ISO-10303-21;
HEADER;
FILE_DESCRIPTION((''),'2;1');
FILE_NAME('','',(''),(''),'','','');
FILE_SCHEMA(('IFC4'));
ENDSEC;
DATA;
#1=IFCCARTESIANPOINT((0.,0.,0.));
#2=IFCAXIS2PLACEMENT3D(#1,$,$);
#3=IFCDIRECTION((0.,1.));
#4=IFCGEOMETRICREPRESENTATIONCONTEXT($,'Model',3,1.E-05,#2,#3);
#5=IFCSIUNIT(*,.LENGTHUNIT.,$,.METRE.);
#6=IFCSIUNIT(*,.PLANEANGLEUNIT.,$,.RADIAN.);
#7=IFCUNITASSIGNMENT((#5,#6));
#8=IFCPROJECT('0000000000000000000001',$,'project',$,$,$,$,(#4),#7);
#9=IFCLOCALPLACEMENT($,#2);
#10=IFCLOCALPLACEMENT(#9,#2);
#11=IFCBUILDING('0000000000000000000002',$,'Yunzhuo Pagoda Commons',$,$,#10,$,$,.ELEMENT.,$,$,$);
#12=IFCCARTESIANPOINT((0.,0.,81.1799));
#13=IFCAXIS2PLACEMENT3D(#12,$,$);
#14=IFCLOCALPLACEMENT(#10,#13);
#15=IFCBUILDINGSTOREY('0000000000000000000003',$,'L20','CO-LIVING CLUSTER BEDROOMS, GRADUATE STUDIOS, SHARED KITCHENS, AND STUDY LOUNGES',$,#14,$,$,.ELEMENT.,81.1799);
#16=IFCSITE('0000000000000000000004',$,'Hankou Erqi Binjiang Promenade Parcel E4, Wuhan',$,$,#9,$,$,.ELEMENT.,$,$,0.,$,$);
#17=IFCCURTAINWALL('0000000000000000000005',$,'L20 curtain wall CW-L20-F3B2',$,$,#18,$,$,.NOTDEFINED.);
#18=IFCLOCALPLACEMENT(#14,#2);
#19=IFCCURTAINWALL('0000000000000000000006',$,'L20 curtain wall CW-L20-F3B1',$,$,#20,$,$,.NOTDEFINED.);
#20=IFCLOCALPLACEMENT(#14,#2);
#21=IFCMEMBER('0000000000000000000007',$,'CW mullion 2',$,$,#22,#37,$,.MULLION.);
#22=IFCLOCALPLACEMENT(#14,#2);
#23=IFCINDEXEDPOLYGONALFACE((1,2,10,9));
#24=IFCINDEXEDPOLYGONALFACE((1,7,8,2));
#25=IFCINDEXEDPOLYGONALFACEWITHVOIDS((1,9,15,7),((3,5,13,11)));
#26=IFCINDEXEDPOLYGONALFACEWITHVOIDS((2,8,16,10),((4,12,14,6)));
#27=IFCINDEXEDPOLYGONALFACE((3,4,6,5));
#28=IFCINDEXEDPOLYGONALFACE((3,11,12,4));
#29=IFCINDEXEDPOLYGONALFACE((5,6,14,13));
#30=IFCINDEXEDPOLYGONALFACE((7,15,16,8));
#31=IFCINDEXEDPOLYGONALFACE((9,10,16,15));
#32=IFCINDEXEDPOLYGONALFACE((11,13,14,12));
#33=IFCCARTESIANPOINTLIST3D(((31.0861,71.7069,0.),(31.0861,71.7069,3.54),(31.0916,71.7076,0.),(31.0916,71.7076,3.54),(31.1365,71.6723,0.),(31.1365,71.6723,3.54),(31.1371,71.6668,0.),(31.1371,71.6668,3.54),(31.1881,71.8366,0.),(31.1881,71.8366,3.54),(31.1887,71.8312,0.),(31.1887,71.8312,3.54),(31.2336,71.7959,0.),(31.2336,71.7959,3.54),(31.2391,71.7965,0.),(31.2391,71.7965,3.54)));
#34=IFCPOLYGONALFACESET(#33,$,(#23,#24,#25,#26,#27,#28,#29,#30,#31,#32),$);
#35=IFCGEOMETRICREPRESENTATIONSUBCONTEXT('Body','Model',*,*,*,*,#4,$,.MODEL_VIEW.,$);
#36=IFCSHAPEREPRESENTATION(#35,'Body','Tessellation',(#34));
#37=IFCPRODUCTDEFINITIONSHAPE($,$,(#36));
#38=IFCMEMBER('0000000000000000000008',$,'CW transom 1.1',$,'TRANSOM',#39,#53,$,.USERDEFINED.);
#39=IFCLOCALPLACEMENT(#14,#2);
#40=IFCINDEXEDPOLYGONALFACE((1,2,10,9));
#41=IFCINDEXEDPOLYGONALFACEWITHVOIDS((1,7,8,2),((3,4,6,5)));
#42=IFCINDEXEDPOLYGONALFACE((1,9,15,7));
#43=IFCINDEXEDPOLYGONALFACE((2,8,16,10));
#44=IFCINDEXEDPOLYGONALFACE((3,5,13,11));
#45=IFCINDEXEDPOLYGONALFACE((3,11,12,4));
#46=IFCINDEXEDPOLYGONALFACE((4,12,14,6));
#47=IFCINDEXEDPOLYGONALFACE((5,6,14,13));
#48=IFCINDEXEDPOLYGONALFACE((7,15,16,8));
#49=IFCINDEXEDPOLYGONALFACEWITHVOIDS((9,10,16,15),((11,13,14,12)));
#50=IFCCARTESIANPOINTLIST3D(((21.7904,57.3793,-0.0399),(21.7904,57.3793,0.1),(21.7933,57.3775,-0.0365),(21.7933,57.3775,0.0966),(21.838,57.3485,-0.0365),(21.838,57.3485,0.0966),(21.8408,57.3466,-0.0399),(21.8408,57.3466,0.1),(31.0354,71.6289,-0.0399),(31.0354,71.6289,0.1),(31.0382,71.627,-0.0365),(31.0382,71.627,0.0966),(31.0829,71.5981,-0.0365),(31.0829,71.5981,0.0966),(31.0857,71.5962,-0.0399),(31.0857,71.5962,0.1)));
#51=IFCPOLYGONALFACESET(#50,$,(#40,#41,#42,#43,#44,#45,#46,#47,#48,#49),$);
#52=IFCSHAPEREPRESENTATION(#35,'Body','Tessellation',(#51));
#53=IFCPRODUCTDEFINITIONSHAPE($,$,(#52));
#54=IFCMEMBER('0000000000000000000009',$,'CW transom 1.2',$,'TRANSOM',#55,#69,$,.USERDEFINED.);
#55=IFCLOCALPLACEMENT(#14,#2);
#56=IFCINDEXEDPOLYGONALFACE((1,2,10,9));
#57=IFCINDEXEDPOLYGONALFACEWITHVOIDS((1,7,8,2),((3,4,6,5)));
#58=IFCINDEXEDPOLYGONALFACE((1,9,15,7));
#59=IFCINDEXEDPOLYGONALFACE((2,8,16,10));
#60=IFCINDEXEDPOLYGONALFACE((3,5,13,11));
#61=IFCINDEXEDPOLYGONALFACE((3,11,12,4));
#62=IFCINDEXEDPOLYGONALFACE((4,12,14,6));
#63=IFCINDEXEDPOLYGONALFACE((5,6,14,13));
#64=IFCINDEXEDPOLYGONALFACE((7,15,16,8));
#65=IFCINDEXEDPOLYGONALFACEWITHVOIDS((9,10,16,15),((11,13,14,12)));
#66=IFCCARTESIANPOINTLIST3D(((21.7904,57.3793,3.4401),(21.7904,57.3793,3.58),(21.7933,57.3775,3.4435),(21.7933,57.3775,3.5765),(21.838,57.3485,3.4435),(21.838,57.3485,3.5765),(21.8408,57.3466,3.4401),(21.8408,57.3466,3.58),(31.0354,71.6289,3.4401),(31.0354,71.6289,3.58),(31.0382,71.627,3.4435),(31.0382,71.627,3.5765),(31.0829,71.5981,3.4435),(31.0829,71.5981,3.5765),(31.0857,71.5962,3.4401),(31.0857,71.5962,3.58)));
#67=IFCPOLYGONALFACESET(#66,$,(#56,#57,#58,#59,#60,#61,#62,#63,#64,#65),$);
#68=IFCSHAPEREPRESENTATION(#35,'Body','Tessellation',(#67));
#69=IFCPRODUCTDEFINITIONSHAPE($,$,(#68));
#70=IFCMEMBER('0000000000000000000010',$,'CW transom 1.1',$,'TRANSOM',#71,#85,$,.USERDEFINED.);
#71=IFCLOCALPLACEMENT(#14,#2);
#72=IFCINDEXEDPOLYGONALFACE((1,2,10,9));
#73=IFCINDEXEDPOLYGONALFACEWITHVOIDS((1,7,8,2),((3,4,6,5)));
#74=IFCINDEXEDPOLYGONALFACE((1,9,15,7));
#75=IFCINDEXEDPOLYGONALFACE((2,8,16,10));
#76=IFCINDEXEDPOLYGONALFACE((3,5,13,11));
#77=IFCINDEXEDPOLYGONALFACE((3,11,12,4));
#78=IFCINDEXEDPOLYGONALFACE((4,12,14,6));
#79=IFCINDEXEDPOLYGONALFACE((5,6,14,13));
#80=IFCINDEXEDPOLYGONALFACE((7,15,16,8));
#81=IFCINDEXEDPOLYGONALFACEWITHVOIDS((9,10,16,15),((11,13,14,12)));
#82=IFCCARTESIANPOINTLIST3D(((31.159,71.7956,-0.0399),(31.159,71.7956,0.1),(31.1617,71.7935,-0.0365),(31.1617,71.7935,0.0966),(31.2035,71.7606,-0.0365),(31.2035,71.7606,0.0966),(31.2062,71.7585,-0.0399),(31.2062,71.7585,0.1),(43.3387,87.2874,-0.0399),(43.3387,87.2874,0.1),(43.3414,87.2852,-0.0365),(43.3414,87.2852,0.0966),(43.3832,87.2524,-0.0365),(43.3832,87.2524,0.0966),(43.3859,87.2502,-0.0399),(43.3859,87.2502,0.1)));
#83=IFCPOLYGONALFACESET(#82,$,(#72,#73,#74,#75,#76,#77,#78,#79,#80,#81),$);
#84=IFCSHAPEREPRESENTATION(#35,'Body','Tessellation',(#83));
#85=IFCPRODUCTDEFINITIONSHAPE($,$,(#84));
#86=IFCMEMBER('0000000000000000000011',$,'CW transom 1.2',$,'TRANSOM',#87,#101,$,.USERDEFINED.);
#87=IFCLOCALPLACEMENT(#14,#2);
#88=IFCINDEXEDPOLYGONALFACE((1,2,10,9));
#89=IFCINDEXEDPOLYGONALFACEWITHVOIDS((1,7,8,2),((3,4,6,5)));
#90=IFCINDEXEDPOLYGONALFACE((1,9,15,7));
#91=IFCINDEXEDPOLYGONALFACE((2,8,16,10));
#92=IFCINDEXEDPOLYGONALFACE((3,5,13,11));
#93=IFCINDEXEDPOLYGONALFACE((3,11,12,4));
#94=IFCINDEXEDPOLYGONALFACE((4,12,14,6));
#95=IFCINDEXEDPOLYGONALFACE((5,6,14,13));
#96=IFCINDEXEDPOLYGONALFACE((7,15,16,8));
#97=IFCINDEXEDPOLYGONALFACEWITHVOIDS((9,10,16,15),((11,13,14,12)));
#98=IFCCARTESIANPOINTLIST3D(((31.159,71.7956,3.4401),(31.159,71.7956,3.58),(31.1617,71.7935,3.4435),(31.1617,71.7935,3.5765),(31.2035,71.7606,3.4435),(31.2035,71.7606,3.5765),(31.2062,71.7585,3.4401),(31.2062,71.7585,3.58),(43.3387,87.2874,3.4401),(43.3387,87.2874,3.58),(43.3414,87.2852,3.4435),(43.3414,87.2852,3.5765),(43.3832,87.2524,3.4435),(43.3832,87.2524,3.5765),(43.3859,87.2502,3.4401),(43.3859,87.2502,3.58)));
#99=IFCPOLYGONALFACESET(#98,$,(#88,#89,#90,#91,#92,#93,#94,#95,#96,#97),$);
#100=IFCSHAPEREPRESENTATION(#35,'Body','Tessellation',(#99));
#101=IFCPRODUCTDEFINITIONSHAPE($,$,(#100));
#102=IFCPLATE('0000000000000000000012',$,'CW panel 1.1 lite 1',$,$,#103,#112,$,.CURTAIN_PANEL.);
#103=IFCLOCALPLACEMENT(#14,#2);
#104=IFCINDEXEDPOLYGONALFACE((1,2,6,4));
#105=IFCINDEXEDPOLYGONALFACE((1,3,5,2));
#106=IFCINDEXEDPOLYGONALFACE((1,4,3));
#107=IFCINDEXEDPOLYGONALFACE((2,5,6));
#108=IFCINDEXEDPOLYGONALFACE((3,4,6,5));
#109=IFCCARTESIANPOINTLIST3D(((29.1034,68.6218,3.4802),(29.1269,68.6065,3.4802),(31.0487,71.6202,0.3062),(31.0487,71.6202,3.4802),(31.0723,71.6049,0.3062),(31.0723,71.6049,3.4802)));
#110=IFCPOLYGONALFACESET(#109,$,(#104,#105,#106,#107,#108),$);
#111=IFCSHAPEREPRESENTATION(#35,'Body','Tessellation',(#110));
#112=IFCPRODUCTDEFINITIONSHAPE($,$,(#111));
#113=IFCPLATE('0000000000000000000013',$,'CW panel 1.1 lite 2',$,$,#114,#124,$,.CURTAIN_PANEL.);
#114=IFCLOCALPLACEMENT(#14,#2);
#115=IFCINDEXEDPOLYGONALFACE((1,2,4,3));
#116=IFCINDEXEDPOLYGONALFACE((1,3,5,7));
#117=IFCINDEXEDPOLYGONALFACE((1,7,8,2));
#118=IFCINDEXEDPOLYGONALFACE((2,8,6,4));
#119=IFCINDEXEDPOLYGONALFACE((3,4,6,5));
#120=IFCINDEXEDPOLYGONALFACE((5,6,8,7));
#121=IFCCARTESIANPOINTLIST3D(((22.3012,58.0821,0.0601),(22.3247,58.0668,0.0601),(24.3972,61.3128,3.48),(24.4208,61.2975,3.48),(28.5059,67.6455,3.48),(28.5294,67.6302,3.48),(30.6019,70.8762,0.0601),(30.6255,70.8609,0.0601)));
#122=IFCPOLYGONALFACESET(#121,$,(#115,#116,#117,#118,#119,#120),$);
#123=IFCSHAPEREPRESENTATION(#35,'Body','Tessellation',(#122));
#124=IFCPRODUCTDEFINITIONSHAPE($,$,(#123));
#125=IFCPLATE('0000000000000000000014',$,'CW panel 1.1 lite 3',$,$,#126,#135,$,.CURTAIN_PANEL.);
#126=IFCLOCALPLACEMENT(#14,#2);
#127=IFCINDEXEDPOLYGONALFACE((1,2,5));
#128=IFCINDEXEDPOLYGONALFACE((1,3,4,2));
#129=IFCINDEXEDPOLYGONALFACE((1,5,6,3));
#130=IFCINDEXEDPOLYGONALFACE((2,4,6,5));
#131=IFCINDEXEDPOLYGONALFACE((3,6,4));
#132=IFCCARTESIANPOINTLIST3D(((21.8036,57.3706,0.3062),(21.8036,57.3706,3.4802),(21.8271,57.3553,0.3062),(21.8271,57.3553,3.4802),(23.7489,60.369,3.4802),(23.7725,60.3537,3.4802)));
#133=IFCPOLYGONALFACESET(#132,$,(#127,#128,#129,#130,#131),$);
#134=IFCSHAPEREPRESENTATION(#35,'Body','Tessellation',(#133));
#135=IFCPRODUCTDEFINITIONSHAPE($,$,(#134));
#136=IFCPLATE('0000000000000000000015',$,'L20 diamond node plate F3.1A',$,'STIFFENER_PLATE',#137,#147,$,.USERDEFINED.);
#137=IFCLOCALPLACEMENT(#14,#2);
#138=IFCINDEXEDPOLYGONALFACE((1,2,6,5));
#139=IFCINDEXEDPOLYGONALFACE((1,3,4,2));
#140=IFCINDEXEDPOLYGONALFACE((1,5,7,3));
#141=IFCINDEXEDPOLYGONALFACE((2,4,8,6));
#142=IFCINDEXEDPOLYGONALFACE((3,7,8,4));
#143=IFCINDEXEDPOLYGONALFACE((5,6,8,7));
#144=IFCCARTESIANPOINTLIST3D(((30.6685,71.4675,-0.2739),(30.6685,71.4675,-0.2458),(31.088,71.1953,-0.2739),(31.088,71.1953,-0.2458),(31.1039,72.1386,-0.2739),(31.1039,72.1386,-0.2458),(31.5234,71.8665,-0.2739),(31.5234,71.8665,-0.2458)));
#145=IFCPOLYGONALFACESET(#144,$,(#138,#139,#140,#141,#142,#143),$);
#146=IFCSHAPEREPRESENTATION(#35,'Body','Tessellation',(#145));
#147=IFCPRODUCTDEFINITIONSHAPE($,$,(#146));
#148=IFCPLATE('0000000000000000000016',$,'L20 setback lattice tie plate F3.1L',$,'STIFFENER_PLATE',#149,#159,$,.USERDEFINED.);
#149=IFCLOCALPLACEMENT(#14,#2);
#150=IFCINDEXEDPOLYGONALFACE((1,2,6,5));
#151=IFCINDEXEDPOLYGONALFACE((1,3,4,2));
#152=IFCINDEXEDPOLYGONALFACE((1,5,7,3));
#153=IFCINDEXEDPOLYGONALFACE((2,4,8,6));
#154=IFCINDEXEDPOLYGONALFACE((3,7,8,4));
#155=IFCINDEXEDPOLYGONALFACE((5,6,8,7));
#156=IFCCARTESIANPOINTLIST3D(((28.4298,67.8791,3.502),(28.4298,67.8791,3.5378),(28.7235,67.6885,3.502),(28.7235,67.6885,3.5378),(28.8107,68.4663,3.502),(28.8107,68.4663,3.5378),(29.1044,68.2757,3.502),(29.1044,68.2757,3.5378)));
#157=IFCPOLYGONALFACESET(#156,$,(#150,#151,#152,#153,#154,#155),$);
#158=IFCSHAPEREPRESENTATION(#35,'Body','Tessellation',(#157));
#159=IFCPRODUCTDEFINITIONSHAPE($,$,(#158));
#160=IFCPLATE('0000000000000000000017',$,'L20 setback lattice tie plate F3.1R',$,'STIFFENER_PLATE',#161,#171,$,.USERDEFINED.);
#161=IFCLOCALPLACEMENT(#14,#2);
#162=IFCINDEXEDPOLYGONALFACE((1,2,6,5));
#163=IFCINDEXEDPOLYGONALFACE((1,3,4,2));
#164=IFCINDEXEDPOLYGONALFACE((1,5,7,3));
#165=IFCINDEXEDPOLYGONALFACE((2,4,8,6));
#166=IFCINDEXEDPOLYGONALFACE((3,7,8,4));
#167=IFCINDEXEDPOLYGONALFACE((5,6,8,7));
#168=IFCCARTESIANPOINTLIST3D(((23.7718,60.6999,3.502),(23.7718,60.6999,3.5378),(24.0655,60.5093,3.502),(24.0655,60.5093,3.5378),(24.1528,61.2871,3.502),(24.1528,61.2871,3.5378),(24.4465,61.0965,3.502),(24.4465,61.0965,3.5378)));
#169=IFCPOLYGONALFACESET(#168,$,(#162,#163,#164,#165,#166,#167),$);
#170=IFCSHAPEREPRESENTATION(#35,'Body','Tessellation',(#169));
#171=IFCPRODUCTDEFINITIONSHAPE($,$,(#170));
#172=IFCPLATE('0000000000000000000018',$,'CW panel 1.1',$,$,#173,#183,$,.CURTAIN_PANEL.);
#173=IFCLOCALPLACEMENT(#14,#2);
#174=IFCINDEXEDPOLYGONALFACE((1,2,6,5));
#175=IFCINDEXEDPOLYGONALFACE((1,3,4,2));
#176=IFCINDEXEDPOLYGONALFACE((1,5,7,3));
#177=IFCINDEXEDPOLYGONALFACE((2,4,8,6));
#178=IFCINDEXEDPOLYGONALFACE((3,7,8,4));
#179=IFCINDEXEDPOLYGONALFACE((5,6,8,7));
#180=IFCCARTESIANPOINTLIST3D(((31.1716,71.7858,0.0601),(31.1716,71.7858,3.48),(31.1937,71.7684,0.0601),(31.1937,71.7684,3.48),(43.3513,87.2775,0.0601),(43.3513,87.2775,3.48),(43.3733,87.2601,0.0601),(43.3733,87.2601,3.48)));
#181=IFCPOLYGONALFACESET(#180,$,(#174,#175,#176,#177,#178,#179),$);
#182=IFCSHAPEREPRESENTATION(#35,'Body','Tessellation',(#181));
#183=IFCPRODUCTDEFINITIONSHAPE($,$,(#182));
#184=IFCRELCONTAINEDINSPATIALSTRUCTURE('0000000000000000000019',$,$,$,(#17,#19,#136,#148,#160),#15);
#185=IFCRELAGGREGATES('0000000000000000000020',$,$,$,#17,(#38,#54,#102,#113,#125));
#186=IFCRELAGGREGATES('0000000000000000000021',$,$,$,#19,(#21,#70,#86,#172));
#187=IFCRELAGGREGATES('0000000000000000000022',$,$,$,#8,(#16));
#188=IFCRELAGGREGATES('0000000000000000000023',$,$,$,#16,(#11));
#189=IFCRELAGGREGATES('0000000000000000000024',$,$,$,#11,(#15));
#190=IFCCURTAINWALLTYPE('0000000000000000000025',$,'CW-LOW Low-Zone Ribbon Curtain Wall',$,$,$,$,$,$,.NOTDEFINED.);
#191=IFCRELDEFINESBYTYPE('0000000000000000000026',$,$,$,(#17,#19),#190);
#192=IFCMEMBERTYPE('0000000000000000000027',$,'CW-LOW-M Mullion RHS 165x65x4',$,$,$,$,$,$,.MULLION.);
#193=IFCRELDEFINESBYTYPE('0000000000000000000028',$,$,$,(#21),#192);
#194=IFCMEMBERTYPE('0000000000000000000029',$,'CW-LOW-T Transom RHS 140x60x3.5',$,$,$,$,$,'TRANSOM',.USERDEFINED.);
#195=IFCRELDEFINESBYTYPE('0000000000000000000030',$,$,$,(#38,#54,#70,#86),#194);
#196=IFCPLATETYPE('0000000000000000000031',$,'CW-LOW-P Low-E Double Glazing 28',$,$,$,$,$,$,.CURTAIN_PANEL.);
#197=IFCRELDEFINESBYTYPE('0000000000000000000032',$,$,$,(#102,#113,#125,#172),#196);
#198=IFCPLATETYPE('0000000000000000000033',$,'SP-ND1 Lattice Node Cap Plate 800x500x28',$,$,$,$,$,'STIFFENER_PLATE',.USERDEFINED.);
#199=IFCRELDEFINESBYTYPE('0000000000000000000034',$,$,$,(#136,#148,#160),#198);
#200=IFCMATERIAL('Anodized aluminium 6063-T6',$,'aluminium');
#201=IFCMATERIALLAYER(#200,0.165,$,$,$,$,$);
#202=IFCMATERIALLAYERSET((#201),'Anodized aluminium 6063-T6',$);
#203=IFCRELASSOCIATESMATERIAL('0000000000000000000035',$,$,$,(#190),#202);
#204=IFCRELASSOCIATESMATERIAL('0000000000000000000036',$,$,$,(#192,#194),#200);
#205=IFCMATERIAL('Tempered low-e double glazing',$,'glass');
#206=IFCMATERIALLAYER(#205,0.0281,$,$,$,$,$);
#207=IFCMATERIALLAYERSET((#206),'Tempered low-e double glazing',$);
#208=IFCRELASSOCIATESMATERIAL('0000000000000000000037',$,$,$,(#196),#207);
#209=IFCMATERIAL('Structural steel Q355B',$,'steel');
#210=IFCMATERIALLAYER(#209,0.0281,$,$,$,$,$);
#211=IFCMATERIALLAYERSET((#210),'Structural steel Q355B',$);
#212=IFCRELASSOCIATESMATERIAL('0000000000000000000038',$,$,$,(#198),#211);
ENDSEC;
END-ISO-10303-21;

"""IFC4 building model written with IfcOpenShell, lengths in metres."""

from ifc_helpers import new_model, si_unit, direction, frame, origin, origin_2d, place, context, subcontext, project, spatial, polyline, rectangle, hollow_rectangle, outline, extrude, source, transform, mapped, material, layer, layer_set, material_profile, profile_set, type_object, element, aggregate, save


model = new_model("IFC4")

# Units and contexts
model_context = context("Model", 3, precision=1e-05, world=origin(), true_north=direction((0.0, 1.0)))
body_context = subcontext(model_context, "Body", "Model", "MODEL_VIEW")
ifc_project = project(units=[si_unit("LENGTHUNIT", "METRE"), si_unit("PLANEANGLEUNIT", "RADIAN")], contexts=[model_context])

# Site, building, storey
site_placement = place(None, origin())
site = spatial("IfcSite", under=ifc_project, at=site_placement, Name="Hankou Erqi Binjiang Promenade Parcel E4, Wuhan", CompositionType="ELEMENT", RefElevation=0.0)
building_placement = place(site_placement, origin())
building = spatial("IfcBuilding", under=site, at=building_placement, Name="Yunzhuo Pagoda Commons", CompositionType="ELEMENT")
storey_placement = place(building_placement, frame((0.0, 0.0, 81.1799)))
storey = spatial("IfcBuildingStorey", under=building, at=storey_placement, Name="L20", Description="CO-LIVING CLUSTER BEDROOMS, GRADUATE STUDIOS, SHARED KITCHENS, AND STUDY LOUNGES", CompositionType="ELEMENT", Elevation=81.1799)

# Shared definitions
ifc_material_1 = material(Name="Structural steel Q355B", Category="steel")

# Curtain wall
ifc_material_2 = material(Name="Anodized aluminium 6063-T6", Category="aluminium")
ifc_layer_1 = layer(ifc_material_2, 0.165)
ifc_layer_set_1 = layer_set([ifc_layer_1], Name="Anodized aluminium 6063-T6")
curtain_wall_type = type_object("IfcCurtainWallType", Name="CW-LOW Low-Zone Ribbon Curtain Wall", PredefinedType="NOTDEFINED", material=ifc_layer_set_1)
curtain_wall_1_placement = place(storey_placement, origin())
curtain_wall_1 = element("IfcCurtainWall", 1, at=curtain_wall_1_placement, inside=storey, type_object=curtain_wall_type, Name="L20 curtain wall CW-L20-F3B2", PredefinedType="NOTDEFINED")
ifc_material_profile_1 = material_profile(ifc_material_2, hollow_rectangle(XDim=0.0649, YDim=0.165, WallThickness=0.0039, at=origin_2d()), Name="Anodized aluminium 6063-T6")
ifc_profile_set_1 = profile_set([ifc_material_profile_1], Name="Anodized aluminium 6063-T6")
member_type_1 = type_object("IfcMemberType", Name="CW-LOW-M Mullion RHS 165x65x4", PredefinedType="MULLION", material=ifc_profile_set_1)
shared_shape_1 = source(origin(), body_context, "Body", "SweptSolid", [
    extrude(hollow_rectangle(XDim=0.0649, YDim=0.165, WallThickness=0.0039, at=origin_2d()), origin(), (0.0, 0.0, 1.0), 3.54),
])

# Curtain wall, member
curtain_wall_2_placement = place(storey_placement, origin())
curtain_wall_2 = element("IfcCurtainWall", 2, at=curtain_wall_2_placement, inside=storey, type_object=curtain_wall_type, Name="L20 curtain wall CW-L20-F3B1", PredefinedType="NOTDEFINED")
member_1_placement = place(storey_placement, frame((31.1626, 71.7517, 0.0), z_axis=(0.0, 0.0, 1.0), x_axis=(0.786131, -0.61806, 0.0)))
member_1 = element("IfcMember", 3, at=member_1_placement, type_object=member_type_1, Name="CW mullion 2", PredefinedType="MULLION", context=body_context, shape_type="MappedRepresentation", body=[
    mapped(shared_shape_1, transform((0.0, 0.0, 0.0), scale=1.0)),
])

# Members
ifc_material_profile_2 = material_profile(ifc_material_2, hollow_rectangle(XDim=0.0601, YDim=0.1399, WallThickness=0.0034, at=origin_2d()), Name="Anodized aluminium 6063-T6")
ifc_profile_set_2 = profile_set([ifc_material_profile_2], Name="Anodized aluminium 6063-T6")
member_type_2 = type_object("IfcMemberType", Name="CW-LOW-T Transom RHS 140x60x3.5", ElementType="TRANSOM", PredefinedType="USERDEFINED", material=ifc_profile_set_2)
shared_shape_2 = source(origin(), body_context, "Body", "SweptSolid", [
    extrude(hollow_rectangle(XDim=0.0601, YDim=0.1399, WallThickness=0.0034, at=origin_2d()), origin(), (0.0, 0.0, 1.0), 16.9858),
])
member_2_placement = place(storey_placement, frame((31.0605, 71.6125, 0.03), z_axis=(-0.544272, -0.838909, 0.0), x_axis=(0.838909, -0.544272, 0.0)))
member_2 = element("IfcMember", 4, at=member_2_placement, type_object=member_type_2, Name="CW transom 1.1", ObjectType="TRANSOM", PredefinedType="USERDEFINED", context=body_context, shape_type="MappedRepresentation", body=[
    mapped(shared_shape_2, transform((0.0, 0.0, 0.0), scale=1.0)),
])
member_3_placement = place(storey_placement, frame((31.0605, 71.6125, 3.51), z_axis=(-0.544272, -0.838909, 0.0), x_axis=(0.838909, -0.544272, 0.0)))
member_3 = element("IfcMember", 5, at=member_3_placement, type_object=member_type_2, Name="CW transom 1.2", ObjectType="TRANSOM", PredefinedType="USERDEFINED", context=body_context, shape_type="MappedRepresentation", body=[
    mapped(shared_shape_2, transform((0.0, 0.0, 0.0), scale=1.0)),
])
shared_shape_3 = source(origin(), body_context, "Body", "SweptSolid", [
    extrude(hollow_rectangle(XDim=0.0601, YDim=0.1399, WallThickness=0.0034, at=origin_2d()), origin(), (0.0, 0.0, 1.0), 19.7063),
])
member_4_placement = place(storey_placement, frame((43.3623, 87.2688, 0.03), z_axis=(-0.618061, -0.78613, 0.0), x_axis=(0.78613, -0.618061, 0.0)))
member_4 = element("IfcMember", 6, at=member_4_placement, type_object=member_type_2, Name="CW transom 1.1", ObjectType="TRANSOM", PredefinedType="USERDEFINED", context=body_context, shape_type="MappedRepresentation", body=[
    mapped(shared_shape_3, transform((0.0, 0.0, 0.0), scale=1.0)),
])
member_5_placement = place(storey_placement, frame((43.3623, 87.2688, 3.51), z_axis=(-0.618061, -0.78613, 0.0), x_axis=(0.78613, -0.618061, 0.0)))
member_5 = element("IfcMember", 7, at=member_5_placement, type_object=member_type_2, Name="CW transom 1.2", ObjectType="TRANSOM", PredefinedType="USERDEFINED", context=body_context, shape_type="MappedRepresentation", body=[
    mapped(shared_shape_3, transform((0.0, 0.0, 0.0), scale=1.0)),
])

# Plates
ifc_material_3 = material(Name="Tempered low-e double glazing", Category="glass")
ifc_layer_2 = layer(ifc_material_3, 0.0281)
ifc_layer_set_2 = layer_set([ifc_layer_2], Name="Tempered low-e double glazing")
plate_type_1 = type_object("IfcPlateType", Name="CW-LOW-P Low-E Double Glazing 28", PredefinedType="CURTAIN_PANEL", material=ifc_layer_set_2)
plate_1_placement = place(storey_placement, frame((30.0996, 70.1057, 1.8931), z_axis=(-0.838907, 0.544275, 0.0), x_axis=(-0.544275, -0.838907, 0.0)))
plate_1 = element("IfcPlate", 8, at=plate_1_placement, type_object=plate_type_1, Name="CW panel 1.1 lite 1", PredefinedType="CURTAIN_PANEL", context=body_context, shape_type="SweptSolid", body=[
    extrude(outline(polyline([(-1.7871, -1.5869), (1.7871, 1.5872), (-1.7871, 1.5872), (-1.7871, -1.5869)])), origin(), (0.0, 0.0, 1.0), 0.0281),
])
plate_2_placement = place(storey_placement, frame((26.4751, 64.4639, 1.77), z_axis=(-0.838907, 0.544275, 0.0), x_axis=(-0.544275, -0.838907, 0.0)))
plate_2 = element("IfcPlate", 9, at=plate_2_placement, type_object=plate_type_1, Name="CW panel 1.1 lite 2", PredefinedType="CURTAIN_PANEL", context=body_context, shape_type="SweptSolid", body=[
    extrude(outline(polyline([(-7.6255, -1.71), (7.6255, -1.71), (3.7744, 1.71), (-3.7744, 1.71), (-7.6255, -1.71)])), origin(), (0.0, 0.0, 1.0), 0.0281),
])
plate_3_placement = place(storey_placement, frame((22.7998, 58.8545, 1.8931), z_axis=(-0.838907, 0.544275, 0.0), x_axis=(-0.544275, -0.838907, 0.0)))
plate_3 = element("IfcPlate", 10, at=plate_3_placement, type_object=plate_type_1, Name="CW panel 1.1 lite 3", PredefinedType="CURTAIN_PANEL", context=body_context, shape_type="SweptSolid", body=[
    extrude(outline(polyline([(-1.7871, 1.5872), (1.7871, -1.5869), (1.7871, 1.5872), (-1.7871, 1.5872)])), origin(), (0.0, 0.0, 1.0), 0.0281),
])
aggregate(curtain_wall_1, [member_2, member_3, plate_1, plate_2, plate_3])

# Plates
ifc_layer_3 = layer(ifc_material_1, 0.0281)
ifc_layer_set_3 = layer_set([ifc_layer_3], Name="Structural steel Q355B")
plate_type_2 = type_object("IfcPlateType", Name="SP-ND1 Lattice Node Cap Plate 800x500x28", ElementType="STIFFENER_PLATE", PredefinedType="USERDEFINED", material=ifc_layer_set_3)
shared_shape_4 = source(origin(), body_context, "Body", "SweptSolid", [
    extrude(rectangle(XDim=0.8, YDim=0.5, at=origin_2d()), origin(), (0.0, 0.0, 1.0), 0.0281),
])
plate_4_placement = place(storey_placement, frame((31.0959, 71.667, -0.2739), z_axis=(0.0, 0.0, 1.0), x_axis=(-0.544273, -0.838908, 0.0)))
element("IfcPlate", 11, at=plate_4_placement, inside=storey, type_object=plate_type_2, Name="L20 diamond node plate F3.1A", ObjectType="STIFFENER_PLATE", PredefinedType="USERDEFINED", context=body_context, shape_type="MappedRepresentation", body=[
    mapped(shared_shape_4, transform((0.0, 0.0, 0.0), scale=1.0)),
])
shared_shape_5 = source(origin(), body_context, "Body", "SweptSolid", [
    extrude(rectangle(XDim=0.7, YDim=0.3501, at=origin_2d()), origin(), (0.0, 0.0, 1.0), 0.0359),
])
for number, where, z_axis, x_axis, name in (
    (12, (28.7671, 68.0774, 3.502), (0.0, 0.0, 1.0), (-0.544273, -0.838908, 0.0), "L20 setback lattice tie plate F3.1L"),
    (13, (24.1091, 60.8982, 3.502), (0.0, 0.0, 1.0), (-0.544273, -0.838908, 0.0), "L20 setback lattice tie plate F3.1R"),
):
    element("IfcPlate", number, at=place(storey_placement, frame(where, z_axis=z_axis, x_axis=x_axis)), inside=storey, type_object=plate_type_2, Name=name, ObjectType="STIFFENER_PLATE", PredefinedType="USERDEFINED", context=body_context, shape_type="MappedRepresentation", body=[
        mapped(shared_shape_5, transform((0.0, 0.0, 0.0), scale=1.0)),
    ])

# Plate
shared_shape_6 = source(origin(), body_context, "Body", "SweptSolid", [
    extrude(rectangle(XDim=19.7063, YDim=0.0281, at=origin_2d()), origin(), (0.0, 0.0, 1.0), 3.4199),
])
plate_5_placement = place(storey_placement, frame((37.2725, 79.5229, 0.0601), z_axis=(0.0, 0.0, 1.0), x_axis=(-0.61806, -0.786131, 0.0)))
plate_5 = element("IfcPlate", 14, at=plate_5_placement, type_object=plate_type_1, Name="CW panel 1.1", PredefinedType="CURTAIN_PANEL", context=body_context, shape_type="MappedRepresentation", body=[
    mapped(shared_shape_6, transform((0.0, 0.0, 0.0), scale=1.0)),
])
aggregate(curtain_wall_2, [member_1, member_4, member_5, plate_5])

save(model, "model.ifc")
